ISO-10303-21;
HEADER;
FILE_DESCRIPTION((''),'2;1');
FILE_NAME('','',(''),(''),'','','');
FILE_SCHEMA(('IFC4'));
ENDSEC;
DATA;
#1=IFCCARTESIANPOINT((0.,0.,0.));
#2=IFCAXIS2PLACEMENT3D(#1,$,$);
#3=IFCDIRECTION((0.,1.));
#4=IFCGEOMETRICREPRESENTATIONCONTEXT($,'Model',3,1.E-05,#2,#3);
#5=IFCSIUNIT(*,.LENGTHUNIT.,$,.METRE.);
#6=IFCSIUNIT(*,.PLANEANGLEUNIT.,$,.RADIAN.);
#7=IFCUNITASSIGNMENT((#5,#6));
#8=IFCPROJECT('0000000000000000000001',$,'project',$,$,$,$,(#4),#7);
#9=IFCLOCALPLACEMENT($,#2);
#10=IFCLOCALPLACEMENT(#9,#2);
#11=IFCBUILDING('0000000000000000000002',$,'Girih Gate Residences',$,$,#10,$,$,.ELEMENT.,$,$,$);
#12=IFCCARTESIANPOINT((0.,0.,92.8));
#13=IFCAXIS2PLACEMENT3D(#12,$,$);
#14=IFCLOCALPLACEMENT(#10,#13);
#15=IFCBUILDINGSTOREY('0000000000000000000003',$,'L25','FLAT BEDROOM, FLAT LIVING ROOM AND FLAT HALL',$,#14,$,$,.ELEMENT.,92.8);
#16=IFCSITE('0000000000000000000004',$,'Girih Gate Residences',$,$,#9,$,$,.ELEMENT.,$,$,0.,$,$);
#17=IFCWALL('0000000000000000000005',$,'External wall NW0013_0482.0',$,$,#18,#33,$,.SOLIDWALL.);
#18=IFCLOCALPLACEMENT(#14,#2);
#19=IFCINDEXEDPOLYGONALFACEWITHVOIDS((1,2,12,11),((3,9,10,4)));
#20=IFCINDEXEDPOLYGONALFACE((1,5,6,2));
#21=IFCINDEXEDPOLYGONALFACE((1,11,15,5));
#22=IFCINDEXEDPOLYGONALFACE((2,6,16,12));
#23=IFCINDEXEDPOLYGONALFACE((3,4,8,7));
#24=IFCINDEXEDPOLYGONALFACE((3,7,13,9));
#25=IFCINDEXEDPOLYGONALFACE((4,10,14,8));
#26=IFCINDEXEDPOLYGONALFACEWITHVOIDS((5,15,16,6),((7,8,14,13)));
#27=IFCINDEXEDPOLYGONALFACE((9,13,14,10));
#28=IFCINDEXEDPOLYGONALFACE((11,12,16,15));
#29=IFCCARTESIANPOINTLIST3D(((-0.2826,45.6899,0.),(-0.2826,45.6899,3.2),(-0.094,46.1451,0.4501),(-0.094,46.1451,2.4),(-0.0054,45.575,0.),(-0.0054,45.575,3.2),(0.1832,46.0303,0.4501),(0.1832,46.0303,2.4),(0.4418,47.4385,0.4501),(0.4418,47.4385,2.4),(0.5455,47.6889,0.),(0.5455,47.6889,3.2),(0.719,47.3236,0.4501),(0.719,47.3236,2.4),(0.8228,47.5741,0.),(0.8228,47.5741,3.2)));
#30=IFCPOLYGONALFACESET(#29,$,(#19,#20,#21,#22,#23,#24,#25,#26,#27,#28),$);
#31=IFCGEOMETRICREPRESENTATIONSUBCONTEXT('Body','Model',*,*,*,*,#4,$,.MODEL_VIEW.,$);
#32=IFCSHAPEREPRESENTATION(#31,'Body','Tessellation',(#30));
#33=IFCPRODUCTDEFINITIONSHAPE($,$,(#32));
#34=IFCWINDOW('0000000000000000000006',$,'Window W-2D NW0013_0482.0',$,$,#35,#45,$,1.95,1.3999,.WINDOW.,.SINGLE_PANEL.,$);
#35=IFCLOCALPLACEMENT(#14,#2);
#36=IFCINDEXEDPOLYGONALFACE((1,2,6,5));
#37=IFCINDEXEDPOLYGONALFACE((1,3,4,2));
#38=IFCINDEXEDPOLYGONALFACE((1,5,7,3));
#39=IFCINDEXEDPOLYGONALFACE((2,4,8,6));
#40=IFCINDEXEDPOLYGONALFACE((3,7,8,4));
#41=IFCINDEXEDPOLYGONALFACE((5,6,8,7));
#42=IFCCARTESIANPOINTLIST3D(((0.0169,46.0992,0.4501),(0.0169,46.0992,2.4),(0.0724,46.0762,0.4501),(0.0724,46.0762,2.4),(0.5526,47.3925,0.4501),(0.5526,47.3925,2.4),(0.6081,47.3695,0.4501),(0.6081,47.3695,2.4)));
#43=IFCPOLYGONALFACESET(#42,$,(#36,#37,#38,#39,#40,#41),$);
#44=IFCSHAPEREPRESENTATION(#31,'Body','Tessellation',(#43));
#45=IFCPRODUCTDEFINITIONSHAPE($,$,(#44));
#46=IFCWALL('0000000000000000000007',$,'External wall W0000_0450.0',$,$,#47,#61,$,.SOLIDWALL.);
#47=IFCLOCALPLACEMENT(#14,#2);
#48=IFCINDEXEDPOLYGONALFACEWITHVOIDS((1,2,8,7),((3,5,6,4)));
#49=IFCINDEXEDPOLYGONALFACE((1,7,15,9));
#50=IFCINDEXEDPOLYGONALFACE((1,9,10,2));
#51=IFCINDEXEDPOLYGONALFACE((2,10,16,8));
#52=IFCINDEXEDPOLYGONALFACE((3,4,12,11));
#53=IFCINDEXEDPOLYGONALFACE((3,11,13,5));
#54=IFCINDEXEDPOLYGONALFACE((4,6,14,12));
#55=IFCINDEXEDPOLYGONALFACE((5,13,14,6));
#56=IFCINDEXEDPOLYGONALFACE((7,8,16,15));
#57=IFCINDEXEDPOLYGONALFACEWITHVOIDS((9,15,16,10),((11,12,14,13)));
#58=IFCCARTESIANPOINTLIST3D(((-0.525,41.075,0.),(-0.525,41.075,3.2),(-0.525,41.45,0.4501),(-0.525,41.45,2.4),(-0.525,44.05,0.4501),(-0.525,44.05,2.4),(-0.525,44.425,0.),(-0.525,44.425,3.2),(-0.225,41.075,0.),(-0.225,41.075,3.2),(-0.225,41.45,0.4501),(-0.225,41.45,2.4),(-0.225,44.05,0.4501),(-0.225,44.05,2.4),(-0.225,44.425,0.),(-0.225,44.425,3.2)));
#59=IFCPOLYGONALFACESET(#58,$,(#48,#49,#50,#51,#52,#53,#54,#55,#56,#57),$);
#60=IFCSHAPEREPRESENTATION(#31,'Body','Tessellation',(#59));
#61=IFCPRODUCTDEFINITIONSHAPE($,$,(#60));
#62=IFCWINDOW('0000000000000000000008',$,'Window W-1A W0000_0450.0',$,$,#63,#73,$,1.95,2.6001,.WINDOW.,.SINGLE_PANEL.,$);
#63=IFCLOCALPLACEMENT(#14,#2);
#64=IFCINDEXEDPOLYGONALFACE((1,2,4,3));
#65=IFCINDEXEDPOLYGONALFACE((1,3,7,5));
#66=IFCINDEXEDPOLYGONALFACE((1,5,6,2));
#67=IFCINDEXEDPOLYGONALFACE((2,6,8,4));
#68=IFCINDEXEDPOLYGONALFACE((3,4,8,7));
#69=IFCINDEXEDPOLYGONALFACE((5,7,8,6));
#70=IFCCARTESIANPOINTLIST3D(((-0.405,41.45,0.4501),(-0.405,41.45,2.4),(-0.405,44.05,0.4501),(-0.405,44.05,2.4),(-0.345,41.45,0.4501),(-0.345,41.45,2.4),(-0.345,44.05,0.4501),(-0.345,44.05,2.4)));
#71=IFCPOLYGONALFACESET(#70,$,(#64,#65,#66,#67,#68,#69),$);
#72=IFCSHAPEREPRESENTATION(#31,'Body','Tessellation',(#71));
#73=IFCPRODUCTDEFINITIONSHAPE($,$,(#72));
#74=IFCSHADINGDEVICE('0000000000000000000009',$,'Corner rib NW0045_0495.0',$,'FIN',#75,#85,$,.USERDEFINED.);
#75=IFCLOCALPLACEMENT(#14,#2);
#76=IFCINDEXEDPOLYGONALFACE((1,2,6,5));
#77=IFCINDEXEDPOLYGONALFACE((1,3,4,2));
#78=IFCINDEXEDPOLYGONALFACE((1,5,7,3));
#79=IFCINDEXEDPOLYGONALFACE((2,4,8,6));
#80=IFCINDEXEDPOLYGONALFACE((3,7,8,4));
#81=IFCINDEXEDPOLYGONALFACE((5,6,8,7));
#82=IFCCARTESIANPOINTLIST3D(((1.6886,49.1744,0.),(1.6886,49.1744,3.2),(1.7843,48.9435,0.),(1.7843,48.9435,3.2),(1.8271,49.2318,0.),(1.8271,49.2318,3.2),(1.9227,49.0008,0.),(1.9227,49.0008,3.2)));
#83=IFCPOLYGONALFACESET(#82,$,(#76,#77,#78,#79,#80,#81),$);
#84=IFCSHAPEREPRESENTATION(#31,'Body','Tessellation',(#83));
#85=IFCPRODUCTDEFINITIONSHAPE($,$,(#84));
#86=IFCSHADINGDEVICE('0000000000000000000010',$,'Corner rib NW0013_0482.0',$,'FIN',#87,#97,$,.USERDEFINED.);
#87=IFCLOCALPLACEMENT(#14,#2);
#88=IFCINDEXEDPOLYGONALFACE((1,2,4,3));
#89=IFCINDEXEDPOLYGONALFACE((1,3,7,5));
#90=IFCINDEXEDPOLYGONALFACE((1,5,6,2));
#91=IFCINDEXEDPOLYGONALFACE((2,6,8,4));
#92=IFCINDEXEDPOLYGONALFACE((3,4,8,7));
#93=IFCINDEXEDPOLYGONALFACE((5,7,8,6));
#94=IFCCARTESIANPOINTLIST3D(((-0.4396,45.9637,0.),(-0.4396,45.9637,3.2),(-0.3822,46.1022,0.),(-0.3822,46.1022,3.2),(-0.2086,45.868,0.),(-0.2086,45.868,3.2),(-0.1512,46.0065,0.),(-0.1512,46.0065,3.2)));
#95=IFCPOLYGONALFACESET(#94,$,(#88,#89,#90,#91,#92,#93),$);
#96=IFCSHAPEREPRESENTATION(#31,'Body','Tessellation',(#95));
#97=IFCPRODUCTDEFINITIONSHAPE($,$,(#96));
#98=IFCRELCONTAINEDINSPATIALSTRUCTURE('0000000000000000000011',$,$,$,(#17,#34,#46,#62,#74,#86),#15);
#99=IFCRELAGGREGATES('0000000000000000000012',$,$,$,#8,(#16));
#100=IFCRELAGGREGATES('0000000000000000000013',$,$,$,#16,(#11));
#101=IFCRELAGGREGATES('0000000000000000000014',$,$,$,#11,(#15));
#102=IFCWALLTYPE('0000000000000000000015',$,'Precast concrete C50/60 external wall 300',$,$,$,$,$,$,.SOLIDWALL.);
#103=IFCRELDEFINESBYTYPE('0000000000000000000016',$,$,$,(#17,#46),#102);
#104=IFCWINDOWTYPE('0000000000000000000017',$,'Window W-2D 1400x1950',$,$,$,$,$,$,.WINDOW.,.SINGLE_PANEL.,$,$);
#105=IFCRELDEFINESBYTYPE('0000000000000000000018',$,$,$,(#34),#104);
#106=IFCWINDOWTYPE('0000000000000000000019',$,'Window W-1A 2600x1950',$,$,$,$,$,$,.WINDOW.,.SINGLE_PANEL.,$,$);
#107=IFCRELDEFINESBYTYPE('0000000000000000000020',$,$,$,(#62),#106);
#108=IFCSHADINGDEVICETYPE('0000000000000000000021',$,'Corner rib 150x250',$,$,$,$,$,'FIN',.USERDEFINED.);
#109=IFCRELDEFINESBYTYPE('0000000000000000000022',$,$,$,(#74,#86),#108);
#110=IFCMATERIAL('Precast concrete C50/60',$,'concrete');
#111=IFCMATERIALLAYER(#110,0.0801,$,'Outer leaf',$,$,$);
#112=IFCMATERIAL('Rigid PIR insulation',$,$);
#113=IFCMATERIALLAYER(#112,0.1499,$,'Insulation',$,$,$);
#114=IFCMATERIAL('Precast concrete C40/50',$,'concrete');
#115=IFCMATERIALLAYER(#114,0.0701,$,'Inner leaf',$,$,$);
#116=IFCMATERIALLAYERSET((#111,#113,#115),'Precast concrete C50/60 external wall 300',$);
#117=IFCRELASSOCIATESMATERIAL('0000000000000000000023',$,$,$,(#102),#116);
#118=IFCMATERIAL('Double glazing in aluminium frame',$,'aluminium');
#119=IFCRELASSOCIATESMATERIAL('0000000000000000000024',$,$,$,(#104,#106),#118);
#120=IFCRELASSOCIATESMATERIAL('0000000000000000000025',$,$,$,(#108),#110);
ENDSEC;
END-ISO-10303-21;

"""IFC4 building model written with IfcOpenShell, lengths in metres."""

from ifc_helpers import new_model, si_unit, direction, frame, frame_2d, origin, origin_2d, place, context, subcontext, project, spatial, rectangle, extrude, material, layer, layer_set, type_object, element, fill, save


model = new_model("IFC4")

# Units and contexts
model_context = context("Model", 3, precision=1e-05, world=origin(), true_north=direction((0.0, 1.0)))
body_context = subcontext(model_context, "Body", "Model", "MODEL_VIEW")
ifc_project = project(units=[si_unit("LENGTHUNIT", "METRE"), si_unit("PLANEANGLEUNIT", "RADIAN")], contexts=[model_context])

# Site, building, storey
site_placement = place(None, origin())
site = spatial("IfcSite", under=ifc_project, at=site_placement, Name="Girih Gate Residences", CompositionType="ELEMENT", RefElevation=0.0)
building_placement = place(site_placement, origin())
building = spatial("IfcBuilding", under=site, at=building_placement, Name="Girih Gate Residences", CompositionType="ELEMENT")
storey_placement = place(building_placement, frame((0.0, 0.0, 92.8)))
storey = spatial("IfcBuildingStorey", under=building, at=storey_placement, Name="L25", Description="FLAT BEDROOM, FLAT LIVING ROOM AND FLAT HALL", CompositionType="ELEMENT", Elevation=92.8)

# Walls, openings, windows
ifc_material_1 = material(Name="Precast concrete C50/60", Category="concrete")
ifc_layer_1 = layer(ifc_material_1, 0.0801, Name="Outer leaf")
ifc_material_2 = material(Name="Rigid PIR insulation")
ifc_layer_2 = layer(ifc_material_2, 0.1499, Name="Insulation")
ifc_material_3 = material(Name="Precast concrete C40/50", Category="concrete")
ifc_layer_3 = layer(ifc_material_3, 0.0701, Name="Inner leaf")
ifc_layer_set_1 = layer_set([ifc_layer_1, ifc_layer_2, ifc_layer_3], Name="Precast concrete C50/60 external wall 300")
wall_type_1 = type_object("IfcWallType", Name="Precast concrete C50/60 external wall 300", PredefinedType="SOLIDWALL", material=ifc_layer_set_1)
ifc_material_4 = material(Name="Double glazing in aluminium frame", Category="aluminium")
window_type_1 = type_object("IfcWindowType", Name="Window W-2D 1400x1950", PartitioningType="SINGLE_PANEL", PredefinedType="WINDOW", material=ifc_material_4)
wall_1_placement = place(storey_placement, frame((-0.144, 45.6323, 0.0), z_axis=(0.0, 0.0, 1.0), x_axis=(0.382724, 0.923863, 0.0)))
wall_1 = element("IfcWall", 1, at=wall_1_placement, inside=storey, type_object=wall_type_1, Name="External wall NW0013_0482.0", PredefinedType="SOLIDWALL", context=body_context, shape_type="SweptSolid", body=[
    extrude(rectangle(XDim=2.1638, YDim=0.3, at=frame_2d((1.082, 0.0))), origin(), (0.0, 0.0, 1.0), 3.2),
])
opening_1_placement = place(wall_1_placement, frame((0.4929, 0.0, 0.45)))
opening_1 = element("IfcOpeningElement", 2, at=opening_1_placement, cuts=wall_1, PredefinedType="OPENING", context=body_context, shape_type="SweptSolid", body=[
    extrude(rectangle(XDim=1.3999, YDim=1.95, at=frame_2d((0.7, 0.9751))), frame((0.0, 0.1599, 0.0), z_axis=(0.0, -1.0, 0.0), x_axis=(1.0, 0.0, 0.0)), (0.0, 0.0, 1.0), 0.3201),
])
window_1_placement = place(opening_1_placement, origin())
window_1 = element("IfcWindow", 3, at=window_1_placement, inside=storey, type_object=window_type_1, Name="Window W-2D NW0013_0482.0", OverallHeight=1.95, OverallWidth=1.3999, PartitioningType="SINGLE_PANEL", PredefinedType="WINDOW", context=body_context, shape_type="SweptSolid", body=[
    extrude(rectangle(XDim=1.3999, YDim=1.95, at=frame_2d((0.7, 0.9751))), frame((0.0, 0.03, 0.0), z_axis=(0.0, -1.0, 0.0), x_axis=(1.0, 0.0, 0.0)), (0.0, 0.0, 1.0), 0.0601),
])
fill(opening_1, window_1)
wall_2_placement = place(storey_placement, frame((-0.375, 41.075, 0.0), z_axis=(0.0, 0.0, 1.0), x_axis=(0.0, 1.0, 0.0)))
wall_2 = element("IfcWall", 4, at=wall_2_placement, inside=storey, type_object=wall_type_1, Name="External wall W0000_0450.0", PredefinedType="SOLIDWALL", context=body_context, shape_type="SweptSolid", body=[
    extrude(rectangle(XDim=3.3501, YDim=0.3, at=frame_2d((1.675, 0.0))), origin(), (0.0, 0.0, 1.0), 3.2),
])
opening_2_placement = place(wall_2_placement, frame((0.375, 0.0, 0.45)))
opening_2 = element("IfcOpeningElement", 5, at=opening_2_placement, cuts=wall_2, PredefinedType="OPENING", context=body_context, shape_type="SweptSolid", body=[
    extrude(rectangle(XDim=2.6001, YDim=1.95, at=frame_2d((1.3, 0.9751))), frame((0.0, 0.1599, 0.0), z_axis=(0.0, -1.0, 0.0), x_axis=(1.0, 0.0, 0.0)), (0.0, 0.0, 1.0), 0.3201),
])
window_type_2 = type_object("IfcWindowType", Name="Window W-1A 2600x1950", PartitioningType="SINGLE_PANEL", PredefinedType="WINDOW", material=ifc_material_4)
window_2_placement = place(opening_2_placement, origin())
window_2 = element("IfcWindow", 6, at=window_2_placement, inside=storey, type_object=window_type_2, Name="Window W-1A W0000_0450.0", OverallHeight=1.95, OverallWidth=2.6001, PartitioningType="SINGLE_PANEL", PredefinedType="WINDOW", context=body_context, shape_type="SweptSolid", body=[
    extrude(rectangle(XDim=2.6001, YDim=1.95, at=frame_2d((1.3, 0.9751))), frame((0.0, 0.03, 0.0), z_axis=(0.0, -1.0, 0.0), x_axis=(1.0, 0.0, 0.0)), (0.0, 0.0, 1.0), 0.0601),
])
fill(opening_2, window_2)

# Shading devices
shading_device_type = type_object("IfcShadingDeviceType", Name="Corner rib 150x250", ElementType="FIN", PredefinedType="USERDEFINED", material=ifc_material_1)
for number, where, z_axis, x_axis, name in (
    (7, (1.8057, 49.0876, 0.0), (0.0, 0.0, 1.0), (-0.92388, -0.382683, 0.0), "Corner rib NW0045_0495.0"),
    (8, (-0.2954, 45.9851, 0.0), (0.0, 0.0, 1.0), (-0.382683, -0.92388, 0.0), "Corner rib NW0013_0482.0"),
):
    element("IfcShadingDevice", number, at=place(storey_placement, frame(where, z_axis=z_axis, x_axis=x_axis)), inside=storey, type_object=shading_device_type, Name=name, ObjectType="FIN", PredefinedType="USERDEFINED", context=body_context, shape_type="SweptSolid", body=[
        extrude(rectangle(XDim=0.1499, YDim=0.25, at=origin_2d()), origin(), (0.0, 0.0, 1.0), 3.2),
    ])

save(model, "model.ifc")
